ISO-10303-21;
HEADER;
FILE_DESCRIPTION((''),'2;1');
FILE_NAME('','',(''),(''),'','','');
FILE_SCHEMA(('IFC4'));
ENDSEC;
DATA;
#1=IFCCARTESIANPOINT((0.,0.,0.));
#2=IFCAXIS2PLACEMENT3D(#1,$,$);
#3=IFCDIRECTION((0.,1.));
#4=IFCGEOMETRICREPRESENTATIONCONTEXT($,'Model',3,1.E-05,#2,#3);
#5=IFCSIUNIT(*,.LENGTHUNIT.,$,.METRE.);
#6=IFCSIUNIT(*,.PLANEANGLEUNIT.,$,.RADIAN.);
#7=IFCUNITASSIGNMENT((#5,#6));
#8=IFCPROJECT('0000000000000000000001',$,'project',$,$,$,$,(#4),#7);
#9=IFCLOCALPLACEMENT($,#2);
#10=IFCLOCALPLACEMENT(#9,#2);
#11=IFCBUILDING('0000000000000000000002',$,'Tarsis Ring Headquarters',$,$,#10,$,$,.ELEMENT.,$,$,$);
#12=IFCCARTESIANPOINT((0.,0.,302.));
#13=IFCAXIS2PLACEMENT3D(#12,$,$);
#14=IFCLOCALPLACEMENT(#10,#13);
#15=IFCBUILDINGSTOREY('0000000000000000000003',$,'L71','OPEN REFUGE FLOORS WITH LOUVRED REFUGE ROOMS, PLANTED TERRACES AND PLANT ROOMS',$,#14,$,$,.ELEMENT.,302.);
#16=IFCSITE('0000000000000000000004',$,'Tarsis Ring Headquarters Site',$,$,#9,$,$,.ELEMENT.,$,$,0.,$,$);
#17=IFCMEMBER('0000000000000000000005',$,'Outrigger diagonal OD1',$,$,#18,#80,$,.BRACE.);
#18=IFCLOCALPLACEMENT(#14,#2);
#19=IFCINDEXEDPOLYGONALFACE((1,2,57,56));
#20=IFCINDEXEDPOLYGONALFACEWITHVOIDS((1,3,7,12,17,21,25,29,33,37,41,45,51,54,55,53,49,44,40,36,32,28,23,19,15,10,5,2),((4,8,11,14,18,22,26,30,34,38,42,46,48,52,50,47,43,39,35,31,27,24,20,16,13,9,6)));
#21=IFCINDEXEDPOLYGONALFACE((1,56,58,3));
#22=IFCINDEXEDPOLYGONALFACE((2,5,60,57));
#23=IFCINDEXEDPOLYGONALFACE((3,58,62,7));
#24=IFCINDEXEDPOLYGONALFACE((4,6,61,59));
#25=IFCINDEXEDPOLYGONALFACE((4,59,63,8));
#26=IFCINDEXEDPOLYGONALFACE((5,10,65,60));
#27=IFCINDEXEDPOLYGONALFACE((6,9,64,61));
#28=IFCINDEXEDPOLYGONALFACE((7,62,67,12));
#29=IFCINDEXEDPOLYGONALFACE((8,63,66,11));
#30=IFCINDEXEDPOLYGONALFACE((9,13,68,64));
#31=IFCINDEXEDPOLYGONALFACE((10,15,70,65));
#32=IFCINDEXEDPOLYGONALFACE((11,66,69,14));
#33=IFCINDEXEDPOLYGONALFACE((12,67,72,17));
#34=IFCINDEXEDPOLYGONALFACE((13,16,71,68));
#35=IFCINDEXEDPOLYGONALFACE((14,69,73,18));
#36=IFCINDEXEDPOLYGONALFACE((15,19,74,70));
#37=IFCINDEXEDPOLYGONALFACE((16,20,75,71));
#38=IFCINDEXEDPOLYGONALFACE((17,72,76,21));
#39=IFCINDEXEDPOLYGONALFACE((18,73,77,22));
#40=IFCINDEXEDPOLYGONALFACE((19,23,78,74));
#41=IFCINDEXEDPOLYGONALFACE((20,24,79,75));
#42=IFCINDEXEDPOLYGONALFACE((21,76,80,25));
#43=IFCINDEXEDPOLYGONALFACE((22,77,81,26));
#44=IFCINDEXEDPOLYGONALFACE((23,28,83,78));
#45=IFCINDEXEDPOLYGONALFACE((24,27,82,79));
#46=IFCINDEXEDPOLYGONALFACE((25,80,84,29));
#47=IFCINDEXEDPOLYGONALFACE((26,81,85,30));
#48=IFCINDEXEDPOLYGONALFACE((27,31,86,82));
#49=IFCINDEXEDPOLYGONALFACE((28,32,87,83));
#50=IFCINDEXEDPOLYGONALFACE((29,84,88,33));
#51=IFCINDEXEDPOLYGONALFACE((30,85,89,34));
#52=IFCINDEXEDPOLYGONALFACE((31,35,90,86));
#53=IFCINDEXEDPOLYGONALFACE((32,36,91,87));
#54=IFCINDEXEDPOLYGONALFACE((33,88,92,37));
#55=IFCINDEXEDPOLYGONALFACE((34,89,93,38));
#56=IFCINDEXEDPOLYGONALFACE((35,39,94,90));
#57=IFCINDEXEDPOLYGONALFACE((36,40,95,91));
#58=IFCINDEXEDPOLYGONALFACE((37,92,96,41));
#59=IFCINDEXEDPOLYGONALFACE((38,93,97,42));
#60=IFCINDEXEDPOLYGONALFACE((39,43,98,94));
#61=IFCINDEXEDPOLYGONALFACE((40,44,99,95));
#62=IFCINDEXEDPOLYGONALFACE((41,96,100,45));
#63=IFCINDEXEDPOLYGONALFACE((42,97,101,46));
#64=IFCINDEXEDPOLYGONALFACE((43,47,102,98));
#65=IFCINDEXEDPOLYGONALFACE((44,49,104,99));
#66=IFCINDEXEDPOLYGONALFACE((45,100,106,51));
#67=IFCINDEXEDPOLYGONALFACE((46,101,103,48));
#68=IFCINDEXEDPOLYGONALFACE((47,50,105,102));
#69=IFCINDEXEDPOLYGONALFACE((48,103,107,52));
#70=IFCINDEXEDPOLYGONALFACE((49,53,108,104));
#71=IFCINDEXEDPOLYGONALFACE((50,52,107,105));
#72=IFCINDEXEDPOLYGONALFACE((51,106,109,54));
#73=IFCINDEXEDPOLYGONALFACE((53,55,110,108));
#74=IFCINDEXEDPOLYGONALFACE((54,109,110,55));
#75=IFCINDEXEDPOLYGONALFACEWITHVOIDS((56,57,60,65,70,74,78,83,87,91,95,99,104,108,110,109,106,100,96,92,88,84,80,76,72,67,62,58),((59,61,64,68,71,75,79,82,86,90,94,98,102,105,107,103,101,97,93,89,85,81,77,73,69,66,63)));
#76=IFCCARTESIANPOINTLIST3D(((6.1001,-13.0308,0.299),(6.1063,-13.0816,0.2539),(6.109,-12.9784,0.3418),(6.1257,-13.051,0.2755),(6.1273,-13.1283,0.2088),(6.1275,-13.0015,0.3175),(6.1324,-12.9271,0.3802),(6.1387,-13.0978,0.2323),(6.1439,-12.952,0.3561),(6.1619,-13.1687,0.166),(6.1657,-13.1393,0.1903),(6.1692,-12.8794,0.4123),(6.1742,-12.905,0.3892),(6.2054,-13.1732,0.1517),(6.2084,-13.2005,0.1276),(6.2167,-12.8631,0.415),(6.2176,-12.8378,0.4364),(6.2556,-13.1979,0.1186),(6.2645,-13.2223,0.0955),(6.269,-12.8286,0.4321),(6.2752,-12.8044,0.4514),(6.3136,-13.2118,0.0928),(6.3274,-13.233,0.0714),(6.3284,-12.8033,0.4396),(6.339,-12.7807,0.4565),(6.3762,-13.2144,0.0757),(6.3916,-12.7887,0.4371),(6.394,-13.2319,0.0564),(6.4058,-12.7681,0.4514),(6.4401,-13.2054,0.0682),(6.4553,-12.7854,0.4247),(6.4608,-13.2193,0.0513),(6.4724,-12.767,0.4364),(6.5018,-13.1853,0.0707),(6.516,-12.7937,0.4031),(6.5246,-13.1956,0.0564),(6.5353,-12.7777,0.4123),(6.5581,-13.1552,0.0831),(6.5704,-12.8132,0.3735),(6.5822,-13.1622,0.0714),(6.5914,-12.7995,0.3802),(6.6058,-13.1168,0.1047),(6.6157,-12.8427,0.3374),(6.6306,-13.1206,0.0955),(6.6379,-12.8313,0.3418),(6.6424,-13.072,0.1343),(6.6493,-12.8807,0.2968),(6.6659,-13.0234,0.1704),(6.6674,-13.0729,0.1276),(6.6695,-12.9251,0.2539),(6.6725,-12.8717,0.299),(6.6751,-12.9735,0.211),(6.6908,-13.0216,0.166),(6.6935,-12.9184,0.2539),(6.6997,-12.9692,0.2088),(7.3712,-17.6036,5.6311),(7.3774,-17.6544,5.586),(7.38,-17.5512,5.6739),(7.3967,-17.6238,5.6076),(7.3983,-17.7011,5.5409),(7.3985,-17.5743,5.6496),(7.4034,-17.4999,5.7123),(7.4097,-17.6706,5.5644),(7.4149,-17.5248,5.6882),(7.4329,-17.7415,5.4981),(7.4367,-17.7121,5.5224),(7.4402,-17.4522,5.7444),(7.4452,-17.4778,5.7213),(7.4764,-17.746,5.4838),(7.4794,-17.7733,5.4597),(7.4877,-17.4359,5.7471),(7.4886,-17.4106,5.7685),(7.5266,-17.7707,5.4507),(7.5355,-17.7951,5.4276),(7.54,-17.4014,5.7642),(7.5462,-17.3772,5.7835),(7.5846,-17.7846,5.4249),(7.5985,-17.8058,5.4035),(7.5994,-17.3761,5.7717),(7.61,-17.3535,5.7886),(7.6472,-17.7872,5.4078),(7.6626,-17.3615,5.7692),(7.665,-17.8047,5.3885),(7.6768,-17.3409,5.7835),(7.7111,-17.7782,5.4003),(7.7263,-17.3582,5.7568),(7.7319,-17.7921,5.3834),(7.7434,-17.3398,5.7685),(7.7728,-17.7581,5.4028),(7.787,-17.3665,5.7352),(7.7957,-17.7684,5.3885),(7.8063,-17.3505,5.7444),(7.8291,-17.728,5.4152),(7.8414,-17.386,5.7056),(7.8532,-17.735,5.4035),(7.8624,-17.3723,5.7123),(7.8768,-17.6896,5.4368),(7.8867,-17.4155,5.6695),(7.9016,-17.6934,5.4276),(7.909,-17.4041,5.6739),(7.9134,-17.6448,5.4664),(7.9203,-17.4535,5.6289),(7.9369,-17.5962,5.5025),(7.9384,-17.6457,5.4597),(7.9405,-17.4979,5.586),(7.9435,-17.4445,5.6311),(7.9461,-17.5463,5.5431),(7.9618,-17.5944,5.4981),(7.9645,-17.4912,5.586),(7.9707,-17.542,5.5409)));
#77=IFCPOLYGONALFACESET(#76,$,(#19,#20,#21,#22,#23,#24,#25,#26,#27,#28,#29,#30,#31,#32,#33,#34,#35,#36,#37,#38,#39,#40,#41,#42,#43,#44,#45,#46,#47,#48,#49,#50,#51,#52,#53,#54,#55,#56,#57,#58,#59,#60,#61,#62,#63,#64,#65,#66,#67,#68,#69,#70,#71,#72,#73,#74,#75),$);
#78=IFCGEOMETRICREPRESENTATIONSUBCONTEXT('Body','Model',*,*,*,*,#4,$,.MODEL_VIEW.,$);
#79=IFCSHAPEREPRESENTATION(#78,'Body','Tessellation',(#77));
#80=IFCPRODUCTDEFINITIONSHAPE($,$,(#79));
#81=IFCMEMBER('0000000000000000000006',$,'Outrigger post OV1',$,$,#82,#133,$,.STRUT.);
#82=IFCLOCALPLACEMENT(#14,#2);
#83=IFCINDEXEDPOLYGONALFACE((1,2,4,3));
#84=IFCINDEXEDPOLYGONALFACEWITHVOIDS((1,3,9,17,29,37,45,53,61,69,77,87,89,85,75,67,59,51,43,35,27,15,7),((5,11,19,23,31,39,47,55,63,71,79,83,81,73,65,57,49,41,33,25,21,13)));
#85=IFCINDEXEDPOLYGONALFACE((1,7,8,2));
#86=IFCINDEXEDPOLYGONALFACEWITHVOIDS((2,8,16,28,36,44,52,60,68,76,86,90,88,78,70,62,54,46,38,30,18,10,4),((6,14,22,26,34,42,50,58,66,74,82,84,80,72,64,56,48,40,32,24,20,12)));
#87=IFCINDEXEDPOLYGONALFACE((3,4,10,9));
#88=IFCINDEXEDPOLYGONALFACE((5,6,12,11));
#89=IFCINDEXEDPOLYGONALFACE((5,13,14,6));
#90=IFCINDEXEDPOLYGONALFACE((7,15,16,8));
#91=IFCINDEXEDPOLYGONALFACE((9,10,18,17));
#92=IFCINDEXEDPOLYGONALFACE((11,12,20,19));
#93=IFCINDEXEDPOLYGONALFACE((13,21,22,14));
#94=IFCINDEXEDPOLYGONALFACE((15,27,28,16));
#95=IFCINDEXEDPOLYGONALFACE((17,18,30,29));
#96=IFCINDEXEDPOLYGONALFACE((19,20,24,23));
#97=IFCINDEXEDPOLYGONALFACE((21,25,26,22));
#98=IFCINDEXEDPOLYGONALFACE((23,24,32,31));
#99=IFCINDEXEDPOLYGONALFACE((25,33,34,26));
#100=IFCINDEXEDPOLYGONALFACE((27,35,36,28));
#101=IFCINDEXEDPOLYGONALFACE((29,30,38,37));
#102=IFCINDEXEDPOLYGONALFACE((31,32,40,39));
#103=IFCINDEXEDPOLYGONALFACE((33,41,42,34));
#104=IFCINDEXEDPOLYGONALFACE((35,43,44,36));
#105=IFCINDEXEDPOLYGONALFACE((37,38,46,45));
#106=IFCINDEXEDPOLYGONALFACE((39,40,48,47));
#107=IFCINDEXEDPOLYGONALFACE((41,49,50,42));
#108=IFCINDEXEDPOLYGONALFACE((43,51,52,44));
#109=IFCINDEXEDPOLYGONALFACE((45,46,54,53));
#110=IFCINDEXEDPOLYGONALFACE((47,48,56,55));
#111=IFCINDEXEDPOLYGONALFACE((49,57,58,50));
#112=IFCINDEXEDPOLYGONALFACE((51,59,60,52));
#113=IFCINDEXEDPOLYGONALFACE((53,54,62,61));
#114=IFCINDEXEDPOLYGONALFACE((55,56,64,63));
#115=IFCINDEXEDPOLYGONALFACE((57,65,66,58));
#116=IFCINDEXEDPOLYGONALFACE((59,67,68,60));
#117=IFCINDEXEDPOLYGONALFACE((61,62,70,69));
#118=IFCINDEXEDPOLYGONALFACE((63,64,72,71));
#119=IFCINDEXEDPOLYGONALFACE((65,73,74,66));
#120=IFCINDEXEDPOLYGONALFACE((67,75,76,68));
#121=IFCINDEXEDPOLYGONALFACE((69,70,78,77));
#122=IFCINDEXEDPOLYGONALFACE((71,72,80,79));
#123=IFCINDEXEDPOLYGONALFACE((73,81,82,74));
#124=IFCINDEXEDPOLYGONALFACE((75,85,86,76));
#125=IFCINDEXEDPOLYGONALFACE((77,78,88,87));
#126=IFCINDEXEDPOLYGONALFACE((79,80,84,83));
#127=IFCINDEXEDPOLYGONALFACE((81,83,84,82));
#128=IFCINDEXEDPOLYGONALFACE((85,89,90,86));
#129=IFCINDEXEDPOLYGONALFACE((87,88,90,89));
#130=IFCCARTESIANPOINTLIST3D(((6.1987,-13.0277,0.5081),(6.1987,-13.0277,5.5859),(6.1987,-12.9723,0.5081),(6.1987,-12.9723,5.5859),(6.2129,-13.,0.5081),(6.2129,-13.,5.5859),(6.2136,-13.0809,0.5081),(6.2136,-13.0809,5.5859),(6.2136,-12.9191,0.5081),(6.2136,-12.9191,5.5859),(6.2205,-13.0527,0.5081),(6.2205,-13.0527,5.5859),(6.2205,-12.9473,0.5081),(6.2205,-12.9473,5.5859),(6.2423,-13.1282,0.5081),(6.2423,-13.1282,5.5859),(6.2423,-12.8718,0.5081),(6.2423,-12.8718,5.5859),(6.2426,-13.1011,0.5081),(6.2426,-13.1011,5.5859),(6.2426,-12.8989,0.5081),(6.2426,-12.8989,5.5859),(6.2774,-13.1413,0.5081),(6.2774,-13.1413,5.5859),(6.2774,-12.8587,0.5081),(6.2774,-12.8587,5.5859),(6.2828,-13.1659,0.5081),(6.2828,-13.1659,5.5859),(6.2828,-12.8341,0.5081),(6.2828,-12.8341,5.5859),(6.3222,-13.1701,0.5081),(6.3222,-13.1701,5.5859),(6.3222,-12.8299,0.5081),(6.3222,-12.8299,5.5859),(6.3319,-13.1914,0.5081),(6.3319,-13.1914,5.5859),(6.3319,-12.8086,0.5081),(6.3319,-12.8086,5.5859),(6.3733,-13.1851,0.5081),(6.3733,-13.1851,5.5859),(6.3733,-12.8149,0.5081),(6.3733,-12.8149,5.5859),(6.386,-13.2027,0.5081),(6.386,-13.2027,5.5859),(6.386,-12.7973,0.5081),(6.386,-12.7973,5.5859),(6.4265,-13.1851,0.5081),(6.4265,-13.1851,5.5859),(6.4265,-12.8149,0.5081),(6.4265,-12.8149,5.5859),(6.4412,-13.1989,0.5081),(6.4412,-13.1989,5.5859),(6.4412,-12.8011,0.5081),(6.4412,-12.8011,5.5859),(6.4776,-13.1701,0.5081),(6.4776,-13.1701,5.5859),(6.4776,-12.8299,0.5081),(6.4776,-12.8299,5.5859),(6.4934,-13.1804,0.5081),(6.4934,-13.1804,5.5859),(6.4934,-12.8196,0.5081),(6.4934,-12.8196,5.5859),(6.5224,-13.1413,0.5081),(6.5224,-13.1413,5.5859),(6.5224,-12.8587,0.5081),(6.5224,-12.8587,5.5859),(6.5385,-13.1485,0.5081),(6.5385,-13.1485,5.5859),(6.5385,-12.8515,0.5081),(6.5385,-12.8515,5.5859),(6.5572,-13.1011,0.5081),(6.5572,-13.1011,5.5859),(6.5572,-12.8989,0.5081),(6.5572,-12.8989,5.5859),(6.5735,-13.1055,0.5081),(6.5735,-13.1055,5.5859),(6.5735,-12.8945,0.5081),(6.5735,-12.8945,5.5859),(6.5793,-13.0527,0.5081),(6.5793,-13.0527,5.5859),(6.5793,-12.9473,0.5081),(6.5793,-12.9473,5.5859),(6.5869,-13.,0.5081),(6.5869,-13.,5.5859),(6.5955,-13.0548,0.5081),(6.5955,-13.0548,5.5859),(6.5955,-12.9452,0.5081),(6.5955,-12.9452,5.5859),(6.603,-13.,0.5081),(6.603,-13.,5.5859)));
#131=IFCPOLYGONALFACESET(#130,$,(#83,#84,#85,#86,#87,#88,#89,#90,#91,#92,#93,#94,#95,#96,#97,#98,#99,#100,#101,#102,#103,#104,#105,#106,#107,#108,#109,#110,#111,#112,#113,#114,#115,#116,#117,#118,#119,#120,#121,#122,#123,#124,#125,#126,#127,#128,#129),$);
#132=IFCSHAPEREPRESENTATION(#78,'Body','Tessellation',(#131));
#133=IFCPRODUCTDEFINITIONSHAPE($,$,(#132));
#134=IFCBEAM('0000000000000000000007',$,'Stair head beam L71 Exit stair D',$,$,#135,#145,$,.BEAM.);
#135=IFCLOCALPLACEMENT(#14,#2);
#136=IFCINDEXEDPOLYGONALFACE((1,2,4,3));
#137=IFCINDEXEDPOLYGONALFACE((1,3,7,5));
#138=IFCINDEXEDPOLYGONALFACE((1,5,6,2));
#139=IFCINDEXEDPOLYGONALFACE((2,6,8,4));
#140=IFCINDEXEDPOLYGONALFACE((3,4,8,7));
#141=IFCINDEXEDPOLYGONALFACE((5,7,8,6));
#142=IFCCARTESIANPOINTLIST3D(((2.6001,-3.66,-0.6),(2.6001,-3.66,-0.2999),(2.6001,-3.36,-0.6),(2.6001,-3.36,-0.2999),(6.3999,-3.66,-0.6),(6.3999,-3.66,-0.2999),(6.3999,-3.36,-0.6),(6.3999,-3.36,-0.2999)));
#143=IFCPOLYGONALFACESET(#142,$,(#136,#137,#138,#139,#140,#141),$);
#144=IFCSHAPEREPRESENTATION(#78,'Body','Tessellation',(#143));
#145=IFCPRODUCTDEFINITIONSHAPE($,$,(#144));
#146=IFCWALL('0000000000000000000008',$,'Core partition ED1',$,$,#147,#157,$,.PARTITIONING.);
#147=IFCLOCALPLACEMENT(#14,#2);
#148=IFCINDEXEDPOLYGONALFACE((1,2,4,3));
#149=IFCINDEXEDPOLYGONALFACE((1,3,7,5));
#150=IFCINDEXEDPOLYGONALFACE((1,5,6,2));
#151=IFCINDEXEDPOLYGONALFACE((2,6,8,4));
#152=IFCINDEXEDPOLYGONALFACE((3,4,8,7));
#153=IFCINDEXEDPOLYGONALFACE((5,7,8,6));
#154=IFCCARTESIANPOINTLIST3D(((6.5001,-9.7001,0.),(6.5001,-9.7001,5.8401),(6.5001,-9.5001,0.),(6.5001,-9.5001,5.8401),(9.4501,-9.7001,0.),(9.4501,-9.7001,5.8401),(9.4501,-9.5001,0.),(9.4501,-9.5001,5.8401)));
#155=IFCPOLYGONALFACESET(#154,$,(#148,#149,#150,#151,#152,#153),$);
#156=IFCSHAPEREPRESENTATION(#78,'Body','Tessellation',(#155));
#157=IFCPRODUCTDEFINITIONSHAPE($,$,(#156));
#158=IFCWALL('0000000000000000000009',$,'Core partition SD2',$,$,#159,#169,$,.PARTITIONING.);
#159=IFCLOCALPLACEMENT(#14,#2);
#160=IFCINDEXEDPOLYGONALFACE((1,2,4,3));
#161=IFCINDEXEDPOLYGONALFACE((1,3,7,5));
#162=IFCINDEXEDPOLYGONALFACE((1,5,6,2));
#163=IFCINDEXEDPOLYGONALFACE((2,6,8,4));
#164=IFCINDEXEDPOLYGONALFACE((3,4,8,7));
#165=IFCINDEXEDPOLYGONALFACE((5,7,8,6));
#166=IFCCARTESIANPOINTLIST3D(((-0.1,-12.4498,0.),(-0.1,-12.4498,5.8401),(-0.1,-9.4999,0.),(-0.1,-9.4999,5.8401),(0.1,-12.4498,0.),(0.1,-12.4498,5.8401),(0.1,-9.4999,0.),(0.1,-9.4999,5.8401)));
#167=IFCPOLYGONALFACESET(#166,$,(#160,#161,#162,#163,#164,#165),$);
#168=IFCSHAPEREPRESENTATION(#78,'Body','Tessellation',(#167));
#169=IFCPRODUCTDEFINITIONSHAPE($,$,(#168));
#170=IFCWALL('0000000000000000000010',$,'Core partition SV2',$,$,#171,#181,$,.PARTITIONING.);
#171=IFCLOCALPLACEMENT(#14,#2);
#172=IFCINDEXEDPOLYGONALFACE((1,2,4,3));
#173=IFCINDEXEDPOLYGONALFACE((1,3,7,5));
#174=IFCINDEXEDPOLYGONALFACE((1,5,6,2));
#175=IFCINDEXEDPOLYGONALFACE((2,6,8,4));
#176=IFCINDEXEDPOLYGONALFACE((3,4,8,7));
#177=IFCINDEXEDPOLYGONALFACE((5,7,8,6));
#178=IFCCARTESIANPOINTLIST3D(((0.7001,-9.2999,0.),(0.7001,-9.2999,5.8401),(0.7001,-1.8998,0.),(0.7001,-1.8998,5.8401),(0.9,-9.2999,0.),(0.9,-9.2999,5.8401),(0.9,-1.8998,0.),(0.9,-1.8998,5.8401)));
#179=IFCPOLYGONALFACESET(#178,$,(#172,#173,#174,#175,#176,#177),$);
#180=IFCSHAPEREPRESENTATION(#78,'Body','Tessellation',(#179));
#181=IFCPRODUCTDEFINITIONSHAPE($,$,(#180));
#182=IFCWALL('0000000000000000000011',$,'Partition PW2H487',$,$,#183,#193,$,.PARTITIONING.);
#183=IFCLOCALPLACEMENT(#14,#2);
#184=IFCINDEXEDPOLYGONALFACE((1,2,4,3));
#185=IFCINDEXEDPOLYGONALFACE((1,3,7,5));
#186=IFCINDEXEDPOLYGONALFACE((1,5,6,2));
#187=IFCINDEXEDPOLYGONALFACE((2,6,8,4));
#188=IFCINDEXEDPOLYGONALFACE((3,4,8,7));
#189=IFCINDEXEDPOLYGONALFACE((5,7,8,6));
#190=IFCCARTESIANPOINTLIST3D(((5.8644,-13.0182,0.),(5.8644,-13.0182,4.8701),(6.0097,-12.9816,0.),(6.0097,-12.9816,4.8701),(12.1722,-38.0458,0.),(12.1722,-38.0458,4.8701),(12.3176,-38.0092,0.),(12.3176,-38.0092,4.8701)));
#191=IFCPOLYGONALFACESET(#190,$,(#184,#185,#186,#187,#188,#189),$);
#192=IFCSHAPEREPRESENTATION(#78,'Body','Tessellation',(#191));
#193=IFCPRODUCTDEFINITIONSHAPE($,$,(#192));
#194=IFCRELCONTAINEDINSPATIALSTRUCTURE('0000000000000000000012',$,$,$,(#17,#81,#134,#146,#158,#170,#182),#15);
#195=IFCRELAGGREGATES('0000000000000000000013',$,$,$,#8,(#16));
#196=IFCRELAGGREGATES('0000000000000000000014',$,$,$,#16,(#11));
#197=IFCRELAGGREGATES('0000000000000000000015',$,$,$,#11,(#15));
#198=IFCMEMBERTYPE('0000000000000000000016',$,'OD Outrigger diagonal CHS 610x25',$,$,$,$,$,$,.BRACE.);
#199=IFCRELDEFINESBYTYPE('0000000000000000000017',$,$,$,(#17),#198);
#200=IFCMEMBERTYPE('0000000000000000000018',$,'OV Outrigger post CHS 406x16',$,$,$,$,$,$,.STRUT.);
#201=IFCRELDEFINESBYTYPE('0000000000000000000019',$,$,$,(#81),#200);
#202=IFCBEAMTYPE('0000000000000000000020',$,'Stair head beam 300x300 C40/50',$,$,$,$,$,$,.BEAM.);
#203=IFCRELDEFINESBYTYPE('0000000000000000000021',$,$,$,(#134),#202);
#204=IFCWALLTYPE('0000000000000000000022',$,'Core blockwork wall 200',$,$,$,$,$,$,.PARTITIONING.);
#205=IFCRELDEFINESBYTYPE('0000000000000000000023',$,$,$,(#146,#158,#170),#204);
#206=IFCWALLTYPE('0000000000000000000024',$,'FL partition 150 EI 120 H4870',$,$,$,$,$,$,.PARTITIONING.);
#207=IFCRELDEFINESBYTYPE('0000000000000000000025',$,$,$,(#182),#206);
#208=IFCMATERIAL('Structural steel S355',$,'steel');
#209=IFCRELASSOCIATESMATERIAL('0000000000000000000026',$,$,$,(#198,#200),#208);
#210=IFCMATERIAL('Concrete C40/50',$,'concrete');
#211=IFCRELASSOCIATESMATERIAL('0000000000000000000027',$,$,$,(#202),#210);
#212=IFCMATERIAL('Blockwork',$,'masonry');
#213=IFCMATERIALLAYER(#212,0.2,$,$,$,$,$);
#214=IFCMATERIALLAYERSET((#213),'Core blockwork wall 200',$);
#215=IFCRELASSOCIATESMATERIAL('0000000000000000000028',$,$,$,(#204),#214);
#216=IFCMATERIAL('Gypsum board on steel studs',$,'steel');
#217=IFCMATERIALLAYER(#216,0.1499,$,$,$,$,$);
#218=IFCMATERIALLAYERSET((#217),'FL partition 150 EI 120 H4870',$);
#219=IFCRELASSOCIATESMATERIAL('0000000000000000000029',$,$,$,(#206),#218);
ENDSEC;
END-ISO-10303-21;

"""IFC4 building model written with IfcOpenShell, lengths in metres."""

from ifc_helpers import new_model, si_unit, direction, frame, frame_2d, origin, origin_2d, place, context, subcontext, project, spatial, rectangle, hollow_circle, extrude, material, layer, layer_set, material_profile, profile_set, type_object, element, save


model = new_model("IFC4")

# Units and contexts
model_context = context("Model", 3, precision=1e-05, world=origin(), true_north=direction((0.0, 1.0)))
body_context = subcontext(model_context, "Body", "Model", "MODEL_VIEW")
ifc_project = project(units=[si_unit("LENGTHUNIT", "METRE"), si_unit("PLANEANGLEUNIT", "RADIAN")], contexts=[model_context])

# Site, building, storey
site_placement = place(None, origin())
site = spatial("IfcSite", under=ifc_project, at=site_placement, Name="Tarsis Ring Headquarters Site", CompositionType="ELEMENT", RefElevation=0.0)
building_placement = place(site_placement, origin())
building = spatial("IfcBuilding", under=site, at=building_placement, Name="Tarsis Ring Headquarters", CompositionType="ELEMENT")
storey_placement = place(building_placement, frame((0.0, 0.0, 302.0)))
storey = spatial("IfcBuildingStorey", under=building, at=storey_placement, Name="L71", Description="OPEN REFUGE FLOORS WITH LOUVRED REFUGE ROOMS, PLANTED TERRACES AND PLANT ROOMS", CompositionType="ELEMENT", Elevation=302.0)

# Members
ifc_material_1 = material(Name="Structural steel S355", Category="steel")
ifc_material_profile_1 = material_profile(ifc_material_1, hollow_circle(Radius=0.3047, WallThickness=0.0249, at=origin_2d()), Name="CHS 610x25")
ifc_profile_set_1 = profile_set([ifc_material_profile_1], Name="Structural steel S355")
member_type_1 = type_object("IfcMemberType", Name="OD Outrigger diagonal CHS 610x25", PredefinedType="BRACE", material=ifc_profile_set_1)
member_1_placement = place(storey_placement, frame((6.3999, -13.0, 0.2539), z_axis=(0.178052, -0.64059, 0.746956), x_axis=(0.963475, 0.267798, 0.0)))
element("IfcMember", 1, at=member_1_placement, inside=storey, type_object=member_type_1, Name="Outrigger diagonal OD1", PredefinedType="BRACE", context=body_context, shape_type="SweptSolid", body=[
    extrude(hollow_circle(Radius=0.3047, WallThickness=0.0249, at=origin_2d()), origin(), (0.0, 0.0, 1.0), 7.1384),
])
ifc_material_profile_2 = material_profile(ifc_material_1, hollow_circle(Radius=0.2031, WallThickness=0.0161, at=origin_2d()), Name="CHS 406x16")
ifc_profile_set_2 = profile_set([ifc_material_profile_2], Name="Structural steel S355")
member_type_2 = type_object("IfcMemberType", Name="OV Outrigger post CHS 406x16", PredefinedType="STRUT", material=ifc_profile_set_2)
member_2_placement = place(storey_placement, frame((6.3999, -13.0, 0.5081), z_axis=(0.0, 0.0, 1.0), x_axis=(1.0, 0.0, 0.0)))
element("IfcMember", 2, at=member_2_placement, inside=storey, type_object=member_type_2, Name="Outrigger post OV1", PredefinedType="STRUT", context=body_context, shape_type="SweptSolid", body=[
    extrude(hollow_circle(Radius=0.2031, WallThickness=0.0161, at=origin_2d()), origin(), (0.0, 0.0, 1.0), 5.0779),
])

# Beam
ifc_material_2 = material(Name="Concrete C40/50", Category="concrete")
ifc_material_profile_3 = material_profile(ifc_material_2, rectangle(XDim=0.3, YDim=0.3, at=origin_2d()), Name="Stair head beam 300x300 C40/50")
ifc_profile_set_3 = profile_set([ifc_material_profile_3], Name="Concrete C40/50")
beam_type = type_object("IfcBeamType", Name="Stair head beam 300x300 C40/50", PredefinedType="BEAM", material=ifc_profile_set_3)
beam_placement = place(storey_placement, frame((2.6001, -3.51, -0.45), z_axis=(1.0, 0.0, 0.0), x_axis=(0.0, 1.0, 0.0)))
element("IfcBeam", 3, at=beam_placement, inside=storey, type_object=beam_type, Name="Stair head beam L71 Exit stair D", PredefinedType="BEAM", context=body_context, shape_type="SweptSolid", body=[
    extrude(rectangle(XDim=0.3, YDim=0.3, at=origin_2d()), origin(), (0.0, 0.0, 1.0), 3.7998),
])

# Walls
ifc_material_3 = material(Name="Blockwork", Category="masonry")
ifc_layer_1 = layer(ifc_material_3, 0.2)
ifc_layer_set_1 = layer_set([ifc_layer_1], Name="Core blockwork wall 200")
wall_type_1 = type_object("IfcWallType", Name="Core blockwork wall 200", PredefinedType="PARTITIONING", material=ifc_layer_set_1)
for number, where, z_axis, x_axis, name in (
    (4, (6.5, -9.6001, 0.0), (0.0, 0.0, 1.0), (1.0, 0.0, 0.0), "Core partition ED1"),
    (5, (0.0, -12.45, 0.0), (0.0, 0.0, 1.0), (0.0, 1.0, 0.0), "Core partition SD2"),
):
    element("IfcWall", number, at=place(storey_placement, frame(where, z_axis=z_axis, x_axis=x_axis)), inside=storey, type_object=wall_type_1, Name=name, PredefinedType="PARTITIONING", context=body_context, shape_type="SweptSolid", body=[
        extrude(rectangle(XDim=2.95, YDim=0.2, at=frame_2d((1.4751, 0.0))), origin(), (0.0, 0.0, 1.0), 5.8401),
    ])
wall_1_placement = place(storey_placement, frame((0.8, -9.3, 0.0), z_axis=(0.0, 0.0, 1.0), x_axis=(0.0, 1.0, 0.0)))
element("IfcWall", 6, at=wall_1_placement, inside=storey, type_object=wall_type_1, Name="Core partition SV2", PredefinedType="PARTITIONING", context=body_context, shape_type="SweptSolid", body=[
    extrude(rectangle(XDim=7.4001, YDim=0.2, at=frame_2d((3.7002, 0.0))), origin(), (0.0, 0.0, 1.0), 5.8401),
])
ifc_material_4 = material(Name="Gypsum board on steel studs", Category="steel")
ifc_layer_2 = layer(ifc_material_4, 0.1499)
ifc_layer_set_2 = layer_set([ifc_layer_2], Name="FL partition 150 EI 120 H4870")
wall_type_2 = type_object("IfcWallType", Name="FL partition 150 EI 120 H4870", PredefinedType="PARTITIONING", material=ifc_layer_set_2)
wall_2_placement = place(storey_placement, frame((5.937, -12.9998, 0.0), z_axis=(0.0, 0.0, 1.0), x_axis=(0.244394, -0.969676, 0.0)))
element("IfcWall", 7, at=wall_2_placement, inside=storey, type_object=wall_type_2, Name="Partition PW2H487", PredefinedType="PARTITIONING", context=body_context, shape_type="SweptSolid", body=[
    extrude(rectangle(XDim=25.8103, YDim=0.1499, at=frame_2d((12.9053, 0.0))), origin(), (0.0, 0.0, 1.0), 4.8701),
])

save(model, "model.ifc")
